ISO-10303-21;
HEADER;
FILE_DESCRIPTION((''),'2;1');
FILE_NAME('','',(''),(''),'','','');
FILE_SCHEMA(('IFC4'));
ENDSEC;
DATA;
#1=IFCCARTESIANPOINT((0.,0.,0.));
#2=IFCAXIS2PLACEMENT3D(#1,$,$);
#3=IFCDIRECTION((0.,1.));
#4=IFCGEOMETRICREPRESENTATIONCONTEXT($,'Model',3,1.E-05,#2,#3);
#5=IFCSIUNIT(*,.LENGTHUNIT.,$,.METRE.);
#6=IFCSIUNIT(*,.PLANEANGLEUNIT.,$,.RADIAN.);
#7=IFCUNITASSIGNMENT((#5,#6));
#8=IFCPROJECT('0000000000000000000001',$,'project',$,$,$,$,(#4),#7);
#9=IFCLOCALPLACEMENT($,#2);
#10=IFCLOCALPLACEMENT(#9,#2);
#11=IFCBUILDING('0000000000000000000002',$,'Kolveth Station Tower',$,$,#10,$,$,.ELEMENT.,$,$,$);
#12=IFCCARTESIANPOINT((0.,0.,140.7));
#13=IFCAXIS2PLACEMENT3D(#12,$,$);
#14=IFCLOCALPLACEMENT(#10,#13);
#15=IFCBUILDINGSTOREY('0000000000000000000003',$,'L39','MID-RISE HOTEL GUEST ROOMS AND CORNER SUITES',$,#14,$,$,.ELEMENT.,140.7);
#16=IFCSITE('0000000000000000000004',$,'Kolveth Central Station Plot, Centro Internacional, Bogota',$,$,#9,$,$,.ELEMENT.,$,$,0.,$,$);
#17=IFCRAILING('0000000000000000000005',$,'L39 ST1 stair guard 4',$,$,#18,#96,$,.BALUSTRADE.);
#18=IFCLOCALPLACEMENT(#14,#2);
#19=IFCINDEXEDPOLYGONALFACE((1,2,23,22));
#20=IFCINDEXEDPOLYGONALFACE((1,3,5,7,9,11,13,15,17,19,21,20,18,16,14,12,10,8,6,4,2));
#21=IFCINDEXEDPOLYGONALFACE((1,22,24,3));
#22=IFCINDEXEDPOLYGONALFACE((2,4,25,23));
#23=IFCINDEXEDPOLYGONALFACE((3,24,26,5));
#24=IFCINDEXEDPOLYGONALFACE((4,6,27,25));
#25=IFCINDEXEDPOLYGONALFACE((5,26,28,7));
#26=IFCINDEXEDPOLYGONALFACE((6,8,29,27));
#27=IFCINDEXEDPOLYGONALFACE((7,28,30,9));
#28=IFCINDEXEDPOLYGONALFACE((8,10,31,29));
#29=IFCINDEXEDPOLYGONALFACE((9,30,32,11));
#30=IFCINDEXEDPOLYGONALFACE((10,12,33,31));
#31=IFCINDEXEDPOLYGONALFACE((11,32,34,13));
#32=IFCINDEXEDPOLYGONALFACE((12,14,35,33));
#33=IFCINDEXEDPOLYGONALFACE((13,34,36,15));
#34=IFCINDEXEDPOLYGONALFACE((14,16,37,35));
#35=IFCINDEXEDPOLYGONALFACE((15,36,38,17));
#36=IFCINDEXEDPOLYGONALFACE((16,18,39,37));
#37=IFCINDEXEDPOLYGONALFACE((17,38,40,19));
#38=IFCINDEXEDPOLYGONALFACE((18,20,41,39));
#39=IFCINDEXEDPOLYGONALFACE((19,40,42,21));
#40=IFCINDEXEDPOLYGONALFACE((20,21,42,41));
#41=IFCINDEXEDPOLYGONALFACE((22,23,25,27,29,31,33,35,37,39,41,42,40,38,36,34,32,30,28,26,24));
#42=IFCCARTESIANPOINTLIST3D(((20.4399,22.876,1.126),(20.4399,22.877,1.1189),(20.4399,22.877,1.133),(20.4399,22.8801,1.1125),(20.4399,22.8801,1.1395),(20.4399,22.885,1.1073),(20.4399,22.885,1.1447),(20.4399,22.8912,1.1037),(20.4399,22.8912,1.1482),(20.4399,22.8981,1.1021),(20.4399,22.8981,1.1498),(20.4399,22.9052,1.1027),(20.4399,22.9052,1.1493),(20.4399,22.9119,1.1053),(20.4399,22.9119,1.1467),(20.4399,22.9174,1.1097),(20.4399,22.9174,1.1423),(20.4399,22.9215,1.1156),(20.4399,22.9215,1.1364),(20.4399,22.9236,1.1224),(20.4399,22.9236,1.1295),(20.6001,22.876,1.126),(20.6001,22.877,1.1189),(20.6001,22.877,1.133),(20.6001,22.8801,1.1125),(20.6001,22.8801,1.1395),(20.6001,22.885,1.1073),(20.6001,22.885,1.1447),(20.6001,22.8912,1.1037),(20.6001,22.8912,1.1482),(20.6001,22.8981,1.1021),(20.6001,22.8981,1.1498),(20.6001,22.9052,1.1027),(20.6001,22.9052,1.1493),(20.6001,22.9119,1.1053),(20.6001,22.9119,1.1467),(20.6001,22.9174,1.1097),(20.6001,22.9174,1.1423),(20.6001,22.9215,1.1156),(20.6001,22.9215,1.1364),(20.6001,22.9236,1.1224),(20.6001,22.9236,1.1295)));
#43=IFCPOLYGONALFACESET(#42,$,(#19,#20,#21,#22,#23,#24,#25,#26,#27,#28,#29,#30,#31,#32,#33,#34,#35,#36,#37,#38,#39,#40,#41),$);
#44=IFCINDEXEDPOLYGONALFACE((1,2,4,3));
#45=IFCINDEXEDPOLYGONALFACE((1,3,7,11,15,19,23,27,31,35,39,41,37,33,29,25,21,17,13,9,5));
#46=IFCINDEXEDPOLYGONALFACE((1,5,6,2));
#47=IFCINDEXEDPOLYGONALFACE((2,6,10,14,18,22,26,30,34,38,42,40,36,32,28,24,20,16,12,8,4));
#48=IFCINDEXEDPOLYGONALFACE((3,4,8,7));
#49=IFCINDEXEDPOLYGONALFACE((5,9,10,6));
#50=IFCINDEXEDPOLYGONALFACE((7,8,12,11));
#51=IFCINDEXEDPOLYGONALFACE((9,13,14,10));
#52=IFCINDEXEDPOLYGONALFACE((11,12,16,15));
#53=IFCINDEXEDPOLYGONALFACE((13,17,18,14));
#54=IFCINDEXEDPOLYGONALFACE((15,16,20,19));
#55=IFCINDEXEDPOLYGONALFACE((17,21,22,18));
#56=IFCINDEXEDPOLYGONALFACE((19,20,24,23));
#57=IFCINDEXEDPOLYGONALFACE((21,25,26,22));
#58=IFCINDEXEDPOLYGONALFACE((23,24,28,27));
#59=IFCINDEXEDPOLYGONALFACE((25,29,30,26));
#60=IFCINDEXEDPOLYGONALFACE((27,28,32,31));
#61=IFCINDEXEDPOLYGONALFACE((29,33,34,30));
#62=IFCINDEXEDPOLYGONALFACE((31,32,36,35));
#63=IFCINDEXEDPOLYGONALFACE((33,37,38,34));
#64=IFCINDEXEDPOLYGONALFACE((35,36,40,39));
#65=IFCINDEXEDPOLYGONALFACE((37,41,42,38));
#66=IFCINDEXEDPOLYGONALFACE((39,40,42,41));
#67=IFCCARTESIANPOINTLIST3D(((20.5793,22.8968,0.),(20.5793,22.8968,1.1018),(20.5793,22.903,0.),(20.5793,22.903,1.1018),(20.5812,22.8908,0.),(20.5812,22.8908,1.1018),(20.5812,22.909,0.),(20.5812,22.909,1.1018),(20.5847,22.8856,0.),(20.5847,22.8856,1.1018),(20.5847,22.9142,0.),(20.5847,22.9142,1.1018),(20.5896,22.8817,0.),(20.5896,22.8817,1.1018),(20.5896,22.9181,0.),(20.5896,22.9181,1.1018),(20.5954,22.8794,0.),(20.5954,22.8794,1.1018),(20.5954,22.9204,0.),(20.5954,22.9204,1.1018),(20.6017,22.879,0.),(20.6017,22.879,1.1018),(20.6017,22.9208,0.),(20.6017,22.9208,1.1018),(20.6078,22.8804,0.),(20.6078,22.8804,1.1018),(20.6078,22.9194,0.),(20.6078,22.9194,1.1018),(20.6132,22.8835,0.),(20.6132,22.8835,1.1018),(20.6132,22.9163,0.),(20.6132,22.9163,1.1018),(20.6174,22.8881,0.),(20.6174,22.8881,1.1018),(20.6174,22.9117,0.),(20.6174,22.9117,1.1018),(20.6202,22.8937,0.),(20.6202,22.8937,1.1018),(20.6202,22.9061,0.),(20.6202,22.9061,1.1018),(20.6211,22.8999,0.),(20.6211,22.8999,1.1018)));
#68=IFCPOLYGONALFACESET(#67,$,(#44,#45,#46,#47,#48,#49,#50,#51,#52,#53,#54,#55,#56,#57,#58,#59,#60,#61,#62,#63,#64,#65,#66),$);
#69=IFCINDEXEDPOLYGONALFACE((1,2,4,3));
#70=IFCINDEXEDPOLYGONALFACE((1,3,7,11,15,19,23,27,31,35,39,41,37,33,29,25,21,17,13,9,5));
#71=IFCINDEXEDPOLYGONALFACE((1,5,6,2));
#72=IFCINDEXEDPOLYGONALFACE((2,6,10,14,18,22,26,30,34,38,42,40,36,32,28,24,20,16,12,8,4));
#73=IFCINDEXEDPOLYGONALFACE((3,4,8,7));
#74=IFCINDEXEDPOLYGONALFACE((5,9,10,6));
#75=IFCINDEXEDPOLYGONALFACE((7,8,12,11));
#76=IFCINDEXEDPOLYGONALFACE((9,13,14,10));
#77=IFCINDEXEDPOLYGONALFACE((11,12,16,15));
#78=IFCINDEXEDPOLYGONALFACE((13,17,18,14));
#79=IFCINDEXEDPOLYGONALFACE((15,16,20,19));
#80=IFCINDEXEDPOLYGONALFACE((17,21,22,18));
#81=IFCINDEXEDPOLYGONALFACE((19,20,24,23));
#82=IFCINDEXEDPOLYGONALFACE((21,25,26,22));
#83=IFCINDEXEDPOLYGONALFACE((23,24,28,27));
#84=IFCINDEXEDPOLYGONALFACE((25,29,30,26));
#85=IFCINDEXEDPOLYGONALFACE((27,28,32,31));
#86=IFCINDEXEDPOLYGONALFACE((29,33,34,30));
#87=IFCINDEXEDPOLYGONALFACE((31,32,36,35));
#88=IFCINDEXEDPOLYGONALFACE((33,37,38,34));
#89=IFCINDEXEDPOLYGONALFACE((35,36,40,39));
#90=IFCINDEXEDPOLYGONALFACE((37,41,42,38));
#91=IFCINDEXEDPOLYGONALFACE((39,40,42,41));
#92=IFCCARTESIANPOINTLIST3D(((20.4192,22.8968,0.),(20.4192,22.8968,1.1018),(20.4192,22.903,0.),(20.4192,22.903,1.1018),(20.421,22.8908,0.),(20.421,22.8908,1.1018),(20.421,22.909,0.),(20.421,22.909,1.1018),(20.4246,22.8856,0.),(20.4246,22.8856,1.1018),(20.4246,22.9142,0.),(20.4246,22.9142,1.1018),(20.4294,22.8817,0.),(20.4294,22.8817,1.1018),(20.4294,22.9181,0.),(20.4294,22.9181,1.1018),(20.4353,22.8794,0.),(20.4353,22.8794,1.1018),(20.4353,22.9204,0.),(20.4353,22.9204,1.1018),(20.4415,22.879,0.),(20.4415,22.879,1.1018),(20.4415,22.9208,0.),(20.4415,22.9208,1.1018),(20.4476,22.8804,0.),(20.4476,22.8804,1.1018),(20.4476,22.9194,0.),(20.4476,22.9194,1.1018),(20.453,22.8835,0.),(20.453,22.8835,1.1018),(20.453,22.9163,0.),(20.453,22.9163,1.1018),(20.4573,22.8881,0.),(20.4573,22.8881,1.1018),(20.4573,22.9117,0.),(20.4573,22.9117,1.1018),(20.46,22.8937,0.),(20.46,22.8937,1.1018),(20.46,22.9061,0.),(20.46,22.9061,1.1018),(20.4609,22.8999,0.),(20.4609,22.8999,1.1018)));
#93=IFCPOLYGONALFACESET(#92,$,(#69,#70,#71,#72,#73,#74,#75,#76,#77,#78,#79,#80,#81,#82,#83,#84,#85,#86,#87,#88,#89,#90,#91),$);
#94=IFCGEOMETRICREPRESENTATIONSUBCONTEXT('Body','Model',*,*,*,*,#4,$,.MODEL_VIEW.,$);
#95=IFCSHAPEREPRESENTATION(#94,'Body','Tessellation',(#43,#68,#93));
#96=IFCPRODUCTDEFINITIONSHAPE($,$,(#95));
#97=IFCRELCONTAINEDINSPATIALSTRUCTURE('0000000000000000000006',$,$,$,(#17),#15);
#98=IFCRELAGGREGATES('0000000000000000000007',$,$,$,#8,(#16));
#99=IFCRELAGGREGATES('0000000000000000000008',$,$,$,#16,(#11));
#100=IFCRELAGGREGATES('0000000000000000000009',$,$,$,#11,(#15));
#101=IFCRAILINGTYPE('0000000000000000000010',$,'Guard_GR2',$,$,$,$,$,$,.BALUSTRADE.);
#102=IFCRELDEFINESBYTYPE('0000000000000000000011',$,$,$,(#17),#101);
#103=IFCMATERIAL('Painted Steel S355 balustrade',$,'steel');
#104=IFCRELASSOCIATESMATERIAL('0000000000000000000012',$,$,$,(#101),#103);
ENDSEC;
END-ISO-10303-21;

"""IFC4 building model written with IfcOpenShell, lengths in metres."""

from ifc_helpers import new_model, si_unit, direction, frame, origin, origin_2d, place, context, subcontext, project, spatial, circle, extrude, material, type_object, element, save


model = new_model("IFC4")

# Units and contexts
model_context = context("Model", 3, precision=1e-05, world=origin(), true_north=direction((0.0, 1.0)))
body_context = subcontext(model_context, "Body", "Model", "MODEL_VIEW")
ifc_project = project(units=[si_unit("LENGTHUNIT", "METRE"), si_unit("PLANEANGLEUNIT", "RADIAN")], contexts=[model_context])

# Site, building, storey
site_placement = place(None, origin())
site = spatial("IfcSite", under=ifc_project, at=site_placement, Name="Kolveth Central Station Plot, Centro Internacional, Bogota", CompositionType="ELEMENT", RefElevation=0.0)
building_placement = place(site_placement, origin())
building = spatial("IfcBuilding", under=site, at=building_placement, Name="Kolveth Station Tower", CompositionType="ELEMENT")
storey_placement = place(building_placement, frame((0.0, 0.0, 140.7)))
storey = spatial("IfcBuildingStorey", under=building, at=storey_placement, Name="L39", Description="MID-RISE HOTEL GUEST ROOMS AND CORNER SUITES", CompositionType="ELEMENT", Elevation=140.7)

# Railing
ifc_material_1 = material(Name="Painted Steel S355 balustrade", Category="steel")
railing_type_1 = type_object("IfcRailingType", Name="Guard_GR2", PredefinedType="BALUSTRADE", material=ifc_material_1)
railing_1_placement = place(storey_placement, frame((20.6001, 22.8999, 0.0)))
element("IfcRailing", 1, at=railing_1_placement, inside=storey, type_object=railing_type_1, Name="L39 ST1 stair guard 4", PredefinedType="BALUSTRADE", context=body_context, shape_type="SweptSolid", body=[
    extrude(circle(Radius=0.0239, at=origin_2d()), frame((0.0, 0.0, 1.126), z_axis=(-1.0, 0.0, 0.0), x_axis=(0.0, -1.0, 0.0)), (0.0, 0.0, 1.0), 0.1602),
    extrude(circle(Radius=0.021, at=origin_2d()), origin(), (0.0, 0.0, 1.0), 1.1018),
    extrude(circle(Radius=0.021, at=origin_2d()), frame((-0.1602, 0.0, 0.0)), (0.0, 0.0, 1.0), 1.1018),
])

save(model, "model.ifc")
